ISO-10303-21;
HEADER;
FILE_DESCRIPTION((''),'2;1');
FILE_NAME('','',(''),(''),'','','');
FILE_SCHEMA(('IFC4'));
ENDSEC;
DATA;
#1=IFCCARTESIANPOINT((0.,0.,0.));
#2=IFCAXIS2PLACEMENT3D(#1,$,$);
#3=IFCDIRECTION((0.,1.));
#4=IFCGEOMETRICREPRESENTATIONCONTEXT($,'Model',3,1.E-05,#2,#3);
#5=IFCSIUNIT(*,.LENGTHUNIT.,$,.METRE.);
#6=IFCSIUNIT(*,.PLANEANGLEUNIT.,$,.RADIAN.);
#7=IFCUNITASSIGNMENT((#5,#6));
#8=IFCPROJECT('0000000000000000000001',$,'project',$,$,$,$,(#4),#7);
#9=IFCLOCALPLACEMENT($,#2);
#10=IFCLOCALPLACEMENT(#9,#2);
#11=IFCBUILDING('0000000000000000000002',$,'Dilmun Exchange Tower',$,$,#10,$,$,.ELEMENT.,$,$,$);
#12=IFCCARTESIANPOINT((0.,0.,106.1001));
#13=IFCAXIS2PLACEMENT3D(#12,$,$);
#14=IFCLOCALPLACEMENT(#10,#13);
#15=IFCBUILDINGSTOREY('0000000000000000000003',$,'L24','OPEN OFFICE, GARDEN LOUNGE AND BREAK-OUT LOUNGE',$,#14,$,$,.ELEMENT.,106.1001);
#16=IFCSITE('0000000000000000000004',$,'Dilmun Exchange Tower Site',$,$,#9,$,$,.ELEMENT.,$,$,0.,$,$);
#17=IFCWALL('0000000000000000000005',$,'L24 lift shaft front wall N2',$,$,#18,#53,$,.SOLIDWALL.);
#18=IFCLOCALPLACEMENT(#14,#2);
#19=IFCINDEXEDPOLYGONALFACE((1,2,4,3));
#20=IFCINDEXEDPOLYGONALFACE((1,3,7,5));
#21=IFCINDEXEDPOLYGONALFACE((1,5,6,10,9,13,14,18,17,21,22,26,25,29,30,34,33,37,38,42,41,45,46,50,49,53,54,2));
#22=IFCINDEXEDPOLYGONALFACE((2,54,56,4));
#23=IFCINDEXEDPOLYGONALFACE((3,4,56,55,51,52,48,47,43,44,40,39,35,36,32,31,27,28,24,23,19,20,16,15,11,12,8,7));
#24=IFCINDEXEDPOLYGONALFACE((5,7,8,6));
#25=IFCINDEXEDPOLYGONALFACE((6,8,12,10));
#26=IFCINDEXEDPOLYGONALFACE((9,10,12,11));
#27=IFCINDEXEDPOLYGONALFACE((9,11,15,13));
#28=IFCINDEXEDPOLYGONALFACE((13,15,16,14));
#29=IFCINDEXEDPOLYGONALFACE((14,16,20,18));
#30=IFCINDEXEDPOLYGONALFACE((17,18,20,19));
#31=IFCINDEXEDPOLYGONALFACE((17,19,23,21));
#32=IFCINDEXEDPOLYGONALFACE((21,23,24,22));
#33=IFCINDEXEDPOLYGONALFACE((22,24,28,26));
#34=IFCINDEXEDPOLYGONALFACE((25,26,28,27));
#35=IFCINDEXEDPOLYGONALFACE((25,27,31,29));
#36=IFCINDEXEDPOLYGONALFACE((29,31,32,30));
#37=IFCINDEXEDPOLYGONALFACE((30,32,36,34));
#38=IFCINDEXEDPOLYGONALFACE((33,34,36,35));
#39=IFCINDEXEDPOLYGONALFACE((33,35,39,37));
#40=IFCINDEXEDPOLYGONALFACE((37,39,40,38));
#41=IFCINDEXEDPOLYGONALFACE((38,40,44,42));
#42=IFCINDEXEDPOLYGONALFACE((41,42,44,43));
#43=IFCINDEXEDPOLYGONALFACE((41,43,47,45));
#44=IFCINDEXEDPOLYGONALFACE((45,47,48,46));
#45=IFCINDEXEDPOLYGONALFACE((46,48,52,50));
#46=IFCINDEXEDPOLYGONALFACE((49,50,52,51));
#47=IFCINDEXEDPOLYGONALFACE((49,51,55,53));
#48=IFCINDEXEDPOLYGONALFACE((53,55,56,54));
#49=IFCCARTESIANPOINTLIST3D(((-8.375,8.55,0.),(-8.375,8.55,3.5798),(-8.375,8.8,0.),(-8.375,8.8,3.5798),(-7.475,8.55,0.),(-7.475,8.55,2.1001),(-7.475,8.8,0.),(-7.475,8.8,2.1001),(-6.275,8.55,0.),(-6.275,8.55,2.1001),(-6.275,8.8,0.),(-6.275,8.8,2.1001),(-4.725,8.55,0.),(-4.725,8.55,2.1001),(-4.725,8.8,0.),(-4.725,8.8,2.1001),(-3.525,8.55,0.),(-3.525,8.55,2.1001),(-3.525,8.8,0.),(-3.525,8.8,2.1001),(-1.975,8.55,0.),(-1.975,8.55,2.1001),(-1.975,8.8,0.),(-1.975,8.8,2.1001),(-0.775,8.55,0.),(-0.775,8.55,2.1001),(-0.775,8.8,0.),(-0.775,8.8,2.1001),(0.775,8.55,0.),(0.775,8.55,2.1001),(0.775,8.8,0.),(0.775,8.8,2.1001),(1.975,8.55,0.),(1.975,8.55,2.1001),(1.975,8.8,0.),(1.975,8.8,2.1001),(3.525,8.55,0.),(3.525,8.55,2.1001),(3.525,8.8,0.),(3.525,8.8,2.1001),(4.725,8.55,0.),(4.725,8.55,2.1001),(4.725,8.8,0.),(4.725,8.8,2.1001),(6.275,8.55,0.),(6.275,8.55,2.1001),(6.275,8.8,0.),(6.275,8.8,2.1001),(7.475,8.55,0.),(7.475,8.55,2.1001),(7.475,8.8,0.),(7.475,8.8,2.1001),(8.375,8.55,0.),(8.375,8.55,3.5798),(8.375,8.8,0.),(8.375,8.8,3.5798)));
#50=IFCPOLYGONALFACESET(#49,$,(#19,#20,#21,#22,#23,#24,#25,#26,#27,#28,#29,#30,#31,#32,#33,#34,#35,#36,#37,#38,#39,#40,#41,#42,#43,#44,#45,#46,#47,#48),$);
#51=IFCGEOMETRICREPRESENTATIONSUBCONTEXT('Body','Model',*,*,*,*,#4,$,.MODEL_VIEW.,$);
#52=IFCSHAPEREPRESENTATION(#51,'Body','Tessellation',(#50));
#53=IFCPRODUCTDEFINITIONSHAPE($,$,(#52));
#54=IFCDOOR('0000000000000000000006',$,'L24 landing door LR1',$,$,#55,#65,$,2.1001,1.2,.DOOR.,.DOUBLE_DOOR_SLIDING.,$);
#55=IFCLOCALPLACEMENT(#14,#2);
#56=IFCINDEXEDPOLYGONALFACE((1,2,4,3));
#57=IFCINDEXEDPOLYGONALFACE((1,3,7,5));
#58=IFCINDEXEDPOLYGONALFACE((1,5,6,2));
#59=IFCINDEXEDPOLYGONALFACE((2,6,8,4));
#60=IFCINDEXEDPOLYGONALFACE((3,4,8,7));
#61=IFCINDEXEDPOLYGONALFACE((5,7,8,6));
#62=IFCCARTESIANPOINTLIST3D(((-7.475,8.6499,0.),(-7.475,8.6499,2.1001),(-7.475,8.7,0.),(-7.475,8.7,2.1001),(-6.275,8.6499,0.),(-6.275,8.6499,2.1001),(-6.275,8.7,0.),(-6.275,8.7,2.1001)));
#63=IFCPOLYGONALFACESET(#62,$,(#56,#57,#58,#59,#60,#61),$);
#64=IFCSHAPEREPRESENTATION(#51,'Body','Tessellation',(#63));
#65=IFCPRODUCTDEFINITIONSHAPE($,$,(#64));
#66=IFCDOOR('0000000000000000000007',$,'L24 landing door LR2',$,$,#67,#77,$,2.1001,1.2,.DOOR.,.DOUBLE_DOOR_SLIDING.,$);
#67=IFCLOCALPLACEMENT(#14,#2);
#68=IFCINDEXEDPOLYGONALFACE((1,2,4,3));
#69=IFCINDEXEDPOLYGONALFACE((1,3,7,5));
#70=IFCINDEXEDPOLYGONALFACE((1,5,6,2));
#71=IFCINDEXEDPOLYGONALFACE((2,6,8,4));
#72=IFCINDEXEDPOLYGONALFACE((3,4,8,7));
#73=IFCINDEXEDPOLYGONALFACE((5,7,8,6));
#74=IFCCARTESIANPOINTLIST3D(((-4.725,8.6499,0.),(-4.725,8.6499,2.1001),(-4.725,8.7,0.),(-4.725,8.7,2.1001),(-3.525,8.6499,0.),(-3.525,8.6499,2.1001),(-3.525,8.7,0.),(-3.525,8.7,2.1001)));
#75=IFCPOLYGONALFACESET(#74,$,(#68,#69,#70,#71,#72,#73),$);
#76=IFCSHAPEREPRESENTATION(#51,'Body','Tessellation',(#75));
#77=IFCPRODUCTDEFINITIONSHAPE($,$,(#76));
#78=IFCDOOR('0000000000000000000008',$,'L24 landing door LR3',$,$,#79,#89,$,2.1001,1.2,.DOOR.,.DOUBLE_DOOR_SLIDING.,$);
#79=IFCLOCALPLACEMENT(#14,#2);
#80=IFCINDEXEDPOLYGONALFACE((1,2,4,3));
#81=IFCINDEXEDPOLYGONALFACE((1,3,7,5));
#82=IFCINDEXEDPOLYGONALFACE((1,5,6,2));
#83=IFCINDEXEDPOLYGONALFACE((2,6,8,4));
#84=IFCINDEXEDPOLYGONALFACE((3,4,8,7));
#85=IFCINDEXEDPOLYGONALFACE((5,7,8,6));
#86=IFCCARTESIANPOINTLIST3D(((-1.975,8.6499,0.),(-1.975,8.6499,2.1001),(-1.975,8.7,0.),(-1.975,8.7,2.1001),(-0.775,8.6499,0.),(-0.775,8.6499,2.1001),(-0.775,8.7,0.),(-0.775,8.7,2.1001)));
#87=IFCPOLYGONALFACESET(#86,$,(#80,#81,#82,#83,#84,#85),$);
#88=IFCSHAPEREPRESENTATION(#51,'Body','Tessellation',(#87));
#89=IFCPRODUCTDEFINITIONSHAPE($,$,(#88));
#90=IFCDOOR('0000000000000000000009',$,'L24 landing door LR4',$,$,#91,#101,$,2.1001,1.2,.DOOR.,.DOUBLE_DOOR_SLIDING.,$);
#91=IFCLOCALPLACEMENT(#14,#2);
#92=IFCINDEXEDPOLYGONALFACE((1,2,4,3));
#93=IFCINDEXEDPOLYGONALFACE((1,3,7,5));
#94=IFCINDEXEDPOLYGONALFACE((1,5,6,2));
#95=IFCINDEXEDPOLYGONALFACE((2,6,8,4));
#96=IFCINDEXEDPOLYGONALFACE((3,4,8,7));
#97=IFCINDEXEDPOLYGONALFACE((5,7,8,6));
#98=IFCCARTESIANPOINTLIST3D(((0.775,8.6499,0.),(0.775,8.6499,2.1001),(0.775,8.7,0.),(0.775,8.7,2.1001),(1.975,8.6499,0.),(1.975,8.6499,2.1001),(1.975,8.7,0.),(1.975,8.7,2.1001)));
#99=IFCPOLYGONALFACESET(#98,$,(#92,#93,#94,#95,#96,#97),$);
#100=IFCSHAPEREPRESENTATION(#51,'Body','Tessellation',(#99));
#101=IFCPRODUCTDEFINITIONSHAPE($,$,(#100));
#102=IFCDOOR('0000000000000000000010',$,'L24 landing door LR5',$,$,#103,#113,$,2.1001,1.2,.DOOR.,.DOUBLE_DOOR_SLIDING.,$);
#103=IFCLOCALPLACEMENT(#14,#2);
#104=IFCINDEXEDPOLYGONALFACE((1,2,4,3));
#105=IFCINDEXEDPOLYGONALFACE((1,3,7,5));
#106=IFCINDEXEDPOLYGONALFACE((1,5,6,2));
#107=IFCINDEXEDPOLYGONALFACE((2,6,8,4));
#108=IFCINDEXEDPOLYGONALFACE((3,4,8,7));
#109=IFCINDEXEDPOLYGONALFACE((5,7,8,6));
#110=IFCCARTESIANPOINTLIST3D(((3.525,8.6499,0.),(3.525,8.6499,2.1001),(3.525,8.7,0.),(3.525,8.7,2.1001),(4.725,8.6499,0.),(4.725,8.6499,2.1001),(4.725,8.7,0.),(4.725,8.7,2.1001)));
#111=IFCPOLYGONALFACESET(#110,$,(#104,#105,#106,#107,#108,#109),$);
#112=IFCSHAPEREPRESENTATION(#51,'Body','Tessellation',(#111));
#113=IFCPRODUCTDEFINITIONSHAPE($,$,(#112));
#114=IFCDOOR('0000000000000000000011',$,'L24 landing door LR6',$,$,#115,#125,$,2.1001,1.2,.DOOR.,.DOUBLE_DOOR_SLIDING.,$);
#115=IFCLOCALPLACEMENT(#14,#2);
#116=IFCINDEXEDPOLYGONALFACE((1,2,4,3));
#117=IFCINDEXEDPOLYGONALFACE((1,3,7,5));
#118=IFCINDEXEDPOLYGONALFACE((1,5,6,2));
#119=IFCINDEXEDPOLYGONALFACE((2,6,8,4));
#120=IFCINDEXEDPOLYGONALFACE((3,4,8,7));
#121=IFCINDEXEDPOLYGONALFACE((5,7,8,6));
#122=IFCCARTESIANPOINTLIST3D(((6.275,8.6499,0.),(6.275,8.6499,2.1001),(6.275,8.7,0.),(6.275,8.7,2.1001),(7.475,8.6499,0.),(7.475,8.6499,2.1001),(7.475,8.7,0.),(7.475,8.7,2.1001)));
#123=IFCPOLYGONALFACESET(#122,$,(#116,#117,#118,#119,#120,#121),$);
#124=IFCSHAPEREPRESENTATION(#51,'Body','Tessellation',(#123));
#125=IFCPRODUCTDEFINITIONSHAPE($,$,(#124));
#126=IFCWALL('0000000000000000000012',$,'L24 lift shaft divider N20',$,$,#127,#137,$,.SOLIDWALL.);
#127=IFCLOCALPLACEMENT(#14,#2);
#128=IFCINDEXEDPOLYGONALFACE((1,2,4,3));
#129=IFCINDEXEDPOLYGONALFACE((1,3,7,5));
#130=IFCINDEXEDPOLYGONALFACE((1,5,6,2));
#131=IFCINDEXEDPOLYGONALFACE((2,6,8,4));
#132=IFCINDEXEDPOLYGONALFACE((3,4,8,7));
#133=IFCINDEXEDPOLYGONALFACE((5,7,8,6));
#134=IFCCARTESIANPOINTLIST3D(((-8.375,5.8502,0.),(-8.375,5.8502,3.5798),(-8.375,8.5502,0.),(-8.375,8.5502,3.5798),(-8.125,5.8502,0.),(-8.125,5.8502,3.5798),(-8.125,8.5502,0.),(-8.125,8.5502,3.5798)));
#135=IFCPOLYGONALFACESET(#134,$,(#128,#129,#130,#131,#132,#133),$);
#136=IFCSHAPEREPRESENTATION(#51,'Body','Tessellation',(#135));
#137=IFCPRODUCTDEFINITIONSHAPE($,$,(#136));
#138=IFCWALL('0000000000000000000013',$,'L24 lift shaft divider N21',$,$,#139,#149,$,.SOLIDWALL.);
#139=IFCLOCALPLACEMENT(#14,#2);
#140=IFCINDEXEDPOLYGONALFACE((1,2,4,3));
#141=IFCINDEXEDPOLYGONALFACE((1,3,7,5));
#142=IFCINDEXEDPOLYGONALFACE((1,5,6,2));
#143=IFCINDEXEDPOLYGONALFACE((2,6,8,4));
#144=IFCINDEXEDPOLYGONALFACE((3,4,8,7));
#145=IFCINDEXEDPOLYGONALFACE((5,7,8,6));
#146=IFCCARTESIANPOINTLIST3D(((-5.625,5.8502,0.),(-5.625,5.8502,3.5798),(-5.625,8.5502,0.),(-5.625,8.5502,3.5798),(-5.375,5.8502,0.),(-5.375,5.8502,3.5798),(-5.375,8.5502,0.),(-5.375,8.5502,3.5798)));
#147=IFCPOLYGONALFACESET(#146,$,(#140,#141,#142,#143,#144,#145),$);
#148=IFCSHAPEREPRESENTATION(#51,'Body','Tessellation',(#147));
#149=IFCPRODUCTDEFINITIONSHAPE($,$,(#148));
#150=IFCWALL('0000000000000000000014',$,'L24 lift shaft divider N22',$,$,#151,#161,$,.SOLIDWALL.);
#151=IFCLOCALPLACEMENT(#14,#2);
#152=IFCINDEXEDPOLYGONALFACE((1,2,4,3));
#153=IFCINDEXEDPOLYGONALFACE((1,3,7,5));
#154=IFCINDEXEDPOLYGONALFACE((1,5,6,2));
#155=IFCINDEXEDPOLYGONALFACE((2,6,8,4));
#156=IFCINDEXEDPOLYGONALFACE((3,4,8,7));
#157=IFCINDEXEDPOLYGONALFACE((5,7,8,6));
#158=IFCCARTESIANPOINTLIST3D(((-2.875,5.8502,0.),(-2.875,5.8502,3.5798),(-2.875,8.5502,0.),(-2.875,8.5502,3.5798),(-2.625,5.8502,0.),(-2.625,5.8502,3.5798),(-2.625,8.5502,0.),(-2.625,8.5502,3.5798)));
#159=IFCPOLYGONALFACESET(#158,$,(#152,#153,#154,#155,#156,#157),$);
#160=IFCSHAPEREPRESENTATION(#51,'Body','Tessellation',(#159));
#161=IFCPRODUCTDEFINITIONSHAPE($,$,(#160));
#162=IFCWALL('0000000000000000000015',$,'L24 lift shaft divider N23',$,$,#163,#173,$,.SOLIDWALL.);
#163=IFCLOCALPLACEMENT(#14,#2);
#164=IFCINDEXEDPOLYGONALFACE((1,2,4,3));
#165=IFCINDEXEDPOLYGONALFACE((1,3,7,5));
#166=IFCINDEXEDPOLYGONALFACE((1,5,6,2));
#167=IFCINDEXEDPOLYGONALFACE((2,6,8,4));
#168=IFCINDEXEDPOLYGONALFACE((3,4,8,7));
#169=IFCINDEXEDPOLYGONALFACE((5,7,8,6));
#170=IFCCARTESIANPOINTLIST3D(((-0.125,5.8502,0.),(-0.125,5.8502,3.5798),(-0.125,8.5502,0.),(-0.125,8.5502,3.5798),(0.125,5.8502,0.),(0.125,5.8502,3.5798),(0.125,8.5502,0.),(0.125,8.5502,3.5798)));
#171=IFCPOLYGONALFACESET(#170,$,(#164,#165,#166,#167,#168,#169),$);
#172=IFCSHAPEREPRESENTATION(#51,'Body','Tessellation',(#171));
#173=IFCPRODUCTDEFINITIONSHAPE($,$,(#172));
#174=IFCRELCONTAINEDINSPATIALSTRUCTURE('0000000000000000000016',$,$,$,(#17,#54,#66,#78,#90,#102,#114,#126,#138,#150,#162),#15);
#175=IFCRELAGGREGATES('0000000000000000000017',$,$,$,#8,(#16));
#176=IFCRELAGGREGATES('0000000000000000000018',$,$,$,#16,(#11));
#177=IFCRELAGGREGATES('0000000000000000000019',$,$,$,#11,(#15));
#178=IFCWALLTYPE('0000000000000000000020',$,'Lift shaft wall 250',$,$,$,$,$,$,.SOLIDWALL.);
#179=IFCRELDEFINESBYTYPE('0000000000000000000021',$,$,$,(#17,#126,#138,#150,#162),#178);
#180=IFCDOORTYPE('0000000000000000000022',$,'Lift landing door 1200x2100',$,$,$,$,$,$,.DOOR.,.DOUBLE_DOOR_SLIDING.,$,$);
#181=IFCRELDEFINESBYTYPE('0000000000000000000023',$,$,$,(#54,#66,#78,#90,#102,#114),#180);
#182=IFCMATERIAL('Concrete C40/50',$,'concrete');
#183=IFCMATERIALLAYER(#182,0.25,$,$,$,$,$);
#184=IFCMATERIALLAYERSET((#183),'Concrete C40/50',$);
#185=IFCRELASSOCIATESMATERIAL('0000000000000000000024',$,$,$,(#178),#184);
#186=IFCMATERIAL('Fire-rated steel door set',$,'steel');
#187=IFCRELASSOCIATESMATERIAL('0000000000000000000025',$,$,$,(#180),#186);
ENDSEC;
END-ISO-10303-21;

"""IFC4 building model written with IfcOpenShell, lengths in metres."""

from ifc_helpers import new_model, si_unit, direction, frame, frame_2d, origin, place, context, subcontext, project, spatial, rectangle, extrude, material, layer, layer_set, type_object, element, fill, save


model = new_model("IFC4")

# Units and contexts
model_context = context("Model", 3, precision=1e-05, world=origin(), true_north=direction((0.0, 1.0)))
body_context = subcontext(model_context, "Body", "Model", "MODEL_VIEW")
ifc_project = project(units=[si_unit("LENGTHUNIT", "METRE"), si_unit("PLANEANGLEUNIT", "RADIAN")], contexts=[model_context])

# Site, building, storey
site_placement = place(None, origin())
site = spatial("IfcSite", under=ifc_project, at=site_placement, Name="Dilmun Exchange Tower Site", CompositionType="ELEMENT", RefElevation=0.0)
building_placement = place(site_placement, origin())
building = spatial("IfcBuilding", under=site, at=building_placement, Name="Dilmun Exchange Tower", CompositionType="ELEMENT")
storey_placement = place(building_placement, frame((0.0, 0.0, 106.1001)))
storey = spatial("IfcBuildingStorey", under=building, at=storey_placement, Name="L24", Description="OPEN OFFICE, GARDEN LOUNGE AND BREAK-OUT LOUNGE", CompositionType="ELEMENT", Elevation=106.1001)

# Shared definitions
ifc_material_1 = material(Name="Concrete C40/50", Category="concrete")

# Shared definitions
ifc_material_2 = material(Name="Fire-rated steel door set", Category="steel")

# Wall, openings, doors
ifc_layer_1 = layer(ifc_material_1, 0.25)
ifc_layer_set_1 = layer_set([ifc_layer_1], Name="Concrete C40/50")
wall_type_1 = type_object("IfcWallType", Name="Lift shaft wall 250", PredefinedType="SOLIDWALL", material=ifc_layer_set_1)
wall_1_placement = place(storey_placement, frame((-8.375, 8.675, 0.0), z_axis=(0.0, 0.0, 1.0), x_axis=(1.0, 0.0, 0.0)))
wall_1 = element("IfcWall", 1, at=wall_1_placement, inside=storey, type_object=wall_type_1, Name="L24 lift shaft front wall N2", PredefinedType="SOLIDWALL", context=body_context, shape_type="SweptSolid", body=[
    extrude(rectangle(XDim=16.75, YDim=0.25, at=frame_2d((8.375, 0.0))), origin(), (0.0, 0.0, 1.0), 3.5798),
])
opening_1_placement = place(wall_1_placement, frame((0.8999, 0.0, 0.0)))
opening_1 = element("IfcOpeningElement", 2, at=opening_1_placement, cuts=wall_1, PredefinedType="OPENING", context=body_context, shape_type="SweptSolid", body=[
    extrude(rectangle(XDim=1.2, YDim=2.1001, at=frame_2d((0.6001, 1.05))), frame((0.0, 0.135, 0.0), z_axis=(0.0, -1.0, 0.0), x_axis=(1.0, 0.0, 0.0)), (0.0, 0.0, 1.0), 0.27),
])
opening_2_placement = place(wall_1_placement, frame((3.6499, 0.0, 0.0)))
opening_2 = element("IfcOpeningElement", 3, at=opening_2_placement, cuts=wall_1, PredefinedType="OPENING", context=body_context, shape_type="SweptSolid", body=[
    extrude(rectangle(XDim=1.2, YDim=2.1001, at=frame_2d((0.6001, 1.05))), frame((0.0, 0.135, 0.0), z_axis=(0.0, -1.0, 0.0), x_axis=(1.0, 0.0, 0.0)), (0.0, 0.0, 1.0), 0.27),
])
opening_3_placement = place(wall_1_placement, frame((6.3999, 0.0, 0.0)))
opening_3 = element("IfcOpeningElement", 4, at=opening_3_placement, cuts=wall_1, PredefinedType="OPENING", context=body_context, shape_type="SweptSolid", body=[
    extrude(rectangle(XDim=1.2, YDim=2.1001, at=frame_2d((0.6001, 1.05))), frame((0.0, 0.135, 0.0), z_axis=(0.0, -1.0, 0.0), x_axis=(1.0, 0.0, 0.0)), (0.0, 0.0, 1.0), 0.27),
])
opening_4_placement = place(wall_1_placement, frame((9.1499, 0.0, 0.0)))
opening_4 = element("IfcOpeningElement", 5, at=opening_4_placement, cuts=wall_1, PredefinedType="OPENING", context=body_context, shape_type="SweptSolid", body=[
    extrude(rectangle(XDim=1.2, YDim=2.1001, at=frame_2d((0.6001, 1.05))), frame((0.0, 0.135, 0.0), z_axis=(0.0, -1.0, 0.0), x_axis=(1.0, 0.0, 0.0)), (0.0, 0.0, 1.0), 0.27),
])
opening_5_placement = place(wall_1_placement, frame((11.8999, 0.0, 0.0)))
opening_5 = element("IfcOpeningElement", 6, at=opening_5_placement, cuts=wall_1, PredefinedType="OPENING", context=body_context, shape_type="SweptSolid", body=[
    extrude(rectangle(XDim=1.2, YDim=2.1001, at=frame_2d((0.6001, 1.05))), frame((0.0, 0.135, 0.0), z_axis=(0.0, -1.0, 0.0), x_axis=(1.0, 0.0, 0.0)), (0.0, 0.0, 1.0), 0.27),
])
opening_6_placement = place(wall_1_placement, frame((14.6499, 0.0, 0.0)))
opening_6 = element("IfcOpeningElement", 7, at=opening_6_placement, cuts=wall_1, PredefinedType="OPENING", context=body_context, shape_type="SweptSolid", body=[
    extrude(rectangle(XDim=1.2, YDim=2.1001, at=frame_2d((0.6001, 1.05))), frame((0.0, 0.135, 0.0), z_axis=(0.0, -1.0, 0.0), x_axis=(1.0, 0.0, 0.0)), (0.0, 0.0, 1.0), 0.27),
])
door_type_1 = type_object("IfcDoorType", Name="Lift landing door 1200x2100", OperationType="DOUBLE_DOOR_SLIDING", PredefinedType="DOOR", material=ifc_material_2)
door_1_placement = place(opening_1_placement, origin())
door_1 = element("IfcDoor", 8, at=door_1_placement, inside=storey, type_object=door_type_1, Name="L24 landing door LR1", OperationType="DOUBLE_DOOR_SLIDING", OverallHeight=2.1001, OverallWidth=1.2, PredefinedType="DOOR", context=body_context, shape_type="SweptSolid", body=[
    extrude(rectangle(XDim=1.2, YDim=2.1001, at=frame_2d((0.6001, 1.05))), frame((0.0, 0.0249, 0.0), z_axis=(0.0, -1.0, 0.0), x_axis=(1.0, 0.0, 0.0)), (0.0, 0.0, 1.0), 0.05),
])
fill(opening_1, door_1)
door_2_placement = place(opening_2_placement, origin())
door_2 = element("IfcDoor", 9, at=door_2_placement, inside=storey, type_object=door_type_1, Name="L24 landing door LR2", OperationType="DOUBLE_DOOR_SLIDING", OverallHeight=2.1001, OverallWidth=1.2, PredefinedType="DOOR", context=body_context, shape_type="SweptSolid", body=[
    extrude(rectangle(XDim=1.2, YDim=2.1001, at=frame_2d((0.6001, 1.05))), frame((0.0, 0.0249, 0.0), z_axis=(0.0, -1.0, 0.0), x_axis=(1.0, 0.0, 0.0)), (0.0, 0.0, 1.0), 0.05),
])
fill(opening_2, door_2)
door_3_placement = place(opening_3_placement, origin())
door_3 = element("IfcDoor", 10, at=door_3_placement, inside=storey, type_object=door_type_1, Name="L24 landing door LR3", OperationType="DOUBLE_DOOR_SLIDING", OverallHeight=2.1001, OverallWidth=1.2, PredefinedType="DOOR", context=body_context, shape_type="SweptSolid", body=[
    extrude(rectangle(XDim=1.2, YDim=2.1001, at=frame_2d((0.6001, 1.05))), frame((0.0, 0.0249, 0.0), z_axis=(0.0, -1.0, 0.0), x_axis=(1.0, 0.0, 0.0)), (0.0, 0.0, 1.0), 0.05),
])
fill(opening_3, door_3)
door_4_placement = place(opening_4_placement, origin())
door_4 = element("IfcDoor", 11, at=door_4_placement, inside=storey, type_object=door_type_1, Name="L24 landing door LR4", OperationType="DOUBLE_DOOR_SLIDING", OverallHeight=2.1001, OverallWidth=1.2, PredefinedType="DOOR", context=body_context, shape_type="SweptSolid", body=[
    extrude(rectangle(XDim=1.2, YDim=2.1001, at=frame_2d((0.6001, 1.05))), frame((0.0, 0.0249, 0.0), z_axis=(0.0, -1.0, 0.0), x_axis=(1.0, 0.0, 0.0)), (0.0, 0.0, 1.0), 0.05),
])
fill(opening_4, door_4)
door_5_placement = place(opening_5_placement, origin())
door_5 = element("IfcDoor", 12, at=door_5_placement, inside=storey, type_object=door_type_1, Name="L24 landing door LR5", OperationType="DOUBLE_DOOR_SLIDING", OverallHeight=2.1001, OverallWidth=1.2, PredefinedType="DOOR", context=body_context, shape_type="SweptSolid", body=[
    extrude(rectangle(XDim=1.2, YDim=2.1001, at=frame_2d((0.6001, 1.05))), frame((0.0, 0.0249, 0.0), z_axis=(0.0, -1.0, 0.0), x_axis=(1.0, 0.0, 0.0)), (0.0, 0.0, 1.0), 0.05),
])
fill(opening_5, door_5)
door_6_placement = place(opening_6_placement, origin())
door_6 = element("IfcDoor", 13, at=door_6_placement, inside=storey, type_object=door_type_1, Name="L24 landing door LR6", OperationType="DOUBLE_DOOR_SLIDING", OverallHeight=2.1001, OverallWidth=1.2, PredefinedType="DOOR", context=body_context, shape_type="SweptSolid", body=[
    extrude(rectangle(XDim=1.2, YDim=2.1001, at=frame_2d((0.6001, 1.05))), frame((0.0, 0.0249, 0.0), z_axis=(0.0, -1.0, 0.0), x_axis=(1.0, 0.0, 0.0)), (0.0, 0.0, 1.0), 0.05),
])
fill(opening_6, door_6)

# Walls
for number, where, z_axis, x_axis, name in (
    (14, (-8.25, 5.8501, 0.0), (0.0, 0.0, 1.0), (0.0, 1.0, 0.0), "L24 lift shaft divider N20"),
    (15, (-5.5, 5.8501, 0.0), (0.0, 0.0, 1.0), (0.0, 1.0, 0.0), "L24 lift shaft divider N21"),
    (16, (-2.75, 5.8501, 0.0), (0.0, 0.0, 1.0), (0.0, 1.0, 0.0), "L24 lift shaft divider N22"),
    (17, (0.0, 5.8501, 0.0), (0.0, 0.0, 1.0), (0.0, 1.0, 0.0), "L24 lift shaft divider N23"),
):
    element("IfcWall", number, at=place(storey_placement, frame(where, z_axis=z_axis, x_axis=x_axis)), inside=storey, type_object=wall_type_1, Name=name, PredefinedType="SOLIDWALL", context=body_context, shape_type="SweptSolid", body=[
        extrude(rectangle(XDim=2.7, YDim=0.25, at=frame_2d((1.3501, 0.0))), origin(), (0.0, 0.0, 1.0), 3.5798),
    ])

save(model, "model.ifc")
